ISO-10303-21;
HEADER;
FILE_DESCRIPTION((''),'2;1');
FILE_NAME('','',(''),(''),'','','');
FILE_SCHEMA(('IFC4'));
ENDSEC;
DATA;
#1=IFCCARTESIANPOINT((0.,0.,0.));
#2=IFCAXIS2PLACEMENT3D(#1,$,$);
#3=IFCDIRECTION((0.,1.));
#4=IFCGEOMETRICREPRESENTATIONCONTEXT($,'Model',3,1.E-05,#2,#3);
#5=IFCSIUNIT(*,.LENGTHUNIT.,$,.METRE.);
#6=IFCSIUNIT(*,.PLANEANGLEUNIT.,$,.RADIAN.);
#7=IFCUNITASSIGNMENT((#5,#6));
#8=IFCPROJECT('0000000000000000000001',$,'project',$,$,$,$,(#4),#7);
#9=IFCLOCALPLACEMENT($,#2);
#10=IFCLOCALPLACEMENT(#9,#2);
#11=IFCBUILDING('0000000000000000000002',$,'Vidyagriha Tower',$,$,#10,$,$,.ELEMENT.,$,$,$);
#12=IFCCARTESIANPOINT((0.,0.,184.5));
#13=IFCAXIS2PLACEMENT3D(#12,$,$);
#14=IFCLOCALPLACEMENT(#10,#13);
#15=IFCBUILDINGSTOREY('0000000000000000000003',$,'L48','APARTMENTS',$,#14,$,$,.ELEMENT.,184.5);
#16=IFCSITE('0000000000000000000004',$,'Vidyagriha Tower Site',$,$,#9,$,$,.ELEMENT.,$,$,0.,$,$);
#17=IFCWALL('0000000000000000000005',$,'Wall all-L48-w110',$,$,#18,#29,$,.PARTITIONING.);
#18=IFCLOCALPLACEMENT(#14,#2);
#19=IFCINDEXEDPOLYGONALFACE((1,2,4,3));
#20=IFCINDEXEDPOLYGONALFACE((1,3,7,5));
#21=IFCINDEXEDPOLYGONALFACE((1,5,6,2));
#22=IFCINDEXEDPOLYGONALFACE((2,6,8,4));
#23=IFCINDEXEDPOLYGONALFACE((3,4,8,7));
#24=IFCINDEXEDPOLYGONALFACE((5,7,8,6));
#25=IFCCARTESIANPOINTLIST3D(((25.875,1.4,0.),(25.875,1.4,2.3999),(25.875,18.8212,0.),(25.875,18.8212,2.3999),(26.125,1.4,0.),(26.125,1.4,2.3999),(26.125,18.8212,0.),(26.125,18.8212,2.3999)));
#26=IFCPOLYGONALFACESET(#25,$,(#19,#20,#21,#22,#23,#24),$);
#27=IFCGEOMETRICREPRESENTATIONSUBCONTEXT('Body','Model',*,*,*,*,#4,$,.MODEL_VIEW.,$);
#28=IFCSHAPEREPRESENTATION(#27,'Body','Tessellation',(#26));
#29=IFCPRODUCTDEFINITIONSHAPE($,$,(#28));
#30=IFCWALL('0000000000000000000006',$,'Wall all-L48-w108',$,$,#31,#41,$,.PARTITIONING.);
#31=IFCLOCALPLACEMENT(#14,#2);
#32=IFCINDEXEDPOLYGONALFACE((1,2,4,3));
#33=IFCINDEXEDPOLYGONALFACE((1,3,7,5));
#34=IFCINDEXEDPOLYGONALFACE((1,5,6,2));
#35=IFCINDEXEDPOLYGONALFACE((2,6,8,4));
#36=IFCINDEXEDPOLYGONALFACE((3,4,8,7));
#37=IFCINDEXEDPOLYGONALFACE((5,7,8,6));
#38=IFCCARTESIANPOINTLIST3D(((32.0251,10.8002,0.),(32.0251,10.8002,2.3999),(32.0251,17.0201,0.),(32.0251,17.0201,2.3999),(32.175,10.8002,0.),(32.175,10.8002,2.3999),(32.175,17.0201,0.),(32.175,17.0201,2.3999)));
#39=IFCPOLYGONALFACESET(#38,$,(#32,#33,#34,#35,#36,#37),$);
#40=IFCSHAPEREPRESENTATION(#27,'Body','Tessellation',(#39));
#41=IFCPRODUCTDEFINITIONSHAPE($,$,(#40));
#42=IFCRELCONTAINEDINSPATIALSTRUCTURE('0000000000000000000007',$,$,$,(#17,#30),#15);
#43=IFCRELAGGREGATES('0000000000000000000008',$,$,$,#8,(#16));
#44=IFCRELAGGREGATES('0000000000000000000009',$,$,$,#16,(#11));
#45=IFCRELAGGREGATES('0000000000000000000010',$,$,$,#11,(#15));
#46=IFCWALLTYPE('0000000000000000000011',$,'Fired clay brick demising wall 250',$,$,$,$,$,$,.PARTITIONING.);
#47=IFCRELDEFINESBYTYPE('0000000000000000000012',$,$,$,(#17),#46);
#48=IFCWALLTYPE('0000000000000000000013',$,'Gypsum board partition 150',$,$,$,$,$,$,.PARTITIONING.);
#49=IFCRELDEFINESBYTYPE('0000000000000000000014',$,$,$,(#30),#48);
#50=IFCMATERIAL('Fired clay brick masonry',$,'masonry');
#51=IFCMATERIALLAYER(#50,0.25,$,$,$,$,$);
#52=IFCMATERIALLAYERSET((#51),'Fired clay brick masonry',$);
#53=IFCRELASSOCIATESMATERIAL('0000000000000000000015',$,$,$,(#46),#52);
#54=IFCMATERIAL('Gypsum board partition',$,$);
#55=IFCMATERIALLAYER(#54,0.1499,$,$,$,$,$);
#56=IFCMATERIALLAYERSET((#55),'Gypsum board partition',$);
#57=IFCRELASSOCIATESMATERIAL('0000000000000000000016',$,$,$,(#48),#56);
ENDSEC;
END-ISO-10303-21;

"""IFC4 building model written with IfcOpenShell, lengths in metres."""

from ifc_helpers import new_model, si_unit, direction, frame, frame_2d, origin, place, context, subcontext, project, spatial, rectangle, extrude, material, layer, layer_set, type_object, element, save


model = new_model("IFC4")

# Units and contexts
model_context = context("Model", 3, precision=1e-05, world=origin(), true_north=direction((0.0, 1.0)))
body_context = subcontext(model_context, "Body", "Model", "MODEL_VIEW")
ifc_project = project(units=[si_unit("LENGTHUNIT", "METRE"), si_unit("PLANEANGLEUNIT", "RADIAN")], contexts=[model_context])

# Site, building, storey
site_placement = place(None, origin())
site = spatial("IfcSite", under=ifc_project, at=site_placement, Name="Vidyagriha Tower Site", CompositionType="ELEMENT", RefElevation=0.0)
building_placement = place(site_placement, origin())
building = spatial("IfcBuilding", under=site, at=building_placement, Name="Vidyagriha Tower", CompositionType="ELEMENT")
storey_placement = place(building_placement, frame((0.0, 0.0, 184.5)))
storey = spatial("IfcBuildingStorey", under=building, at=storey_placement, Name="L48", Description="APARTMENTS", CompositionType="ELEMENT", Elevation=184.5)

# Walls
ifc_material_1 = material(Name="Fired clay brick masonry", Category="masonry")
ifc_layer_1 = layer(ifc_material_1, 0.25)
ifc_layer_set_1 = layer_set([ifc_layer_1], Name="Fired clay brick masonry")
wall_type_1 = type_object("IfcWallType", Name="Fired clay brick demising wall 250", PredefinedType="PARTITIONING", material=ifc_layer_set_1)
wall_1_placement = place(storey_placement, frame((26.0, 18.821, 0.0), z_axis=(0.0, 0.0, 1.0), x_axis=(0.0, -1.0, 0.0)))
element("IfcWall", 1, at=wall_1_placement, inside=storey, type_object=wall_type_1, Name="Wall all-L48-w110", PredefinedType="PARTITIONING", context=body_context, shape_type="SweptSolid", body=[
    extrude(rectangle(XDim=17.4211, YDim=0.25, at=frame_2d((8.7104, 0.0))), origin(), (0.0, 0.0, 1.0), 2.3999),
])
ifc_material_2 = material(Name="Gypsum board partition")
ifc_layer_2 = layer(ifc_material_2, 0.1499)
ifc_layer_set_2 = layer_set([ifc_layer_2], Name="Gypsum board partition")
wall_type_2 = type_object("IfcWallType", Name="Gypsum board partition 150", PredefinedType="PARTITIONING", material=ifc_layer_set_2)
wall_2_placement = place(storey_placement, frame((32.1001, 17.02, 0.0), z_axis=(0.0, 0.0, 1.0), x_axis=(0.0, -1.0, 0.0)))
element("IfcWall", 2, at=wall_2_placement, inside=storey, type_object=wall_type_2, Name="Wall all-L48-w108", PredefinedType="PARTITIONING", context=body_context, shape_type="SweptSolid", body=[
    extrude(rectangle(XDim=6.22, YDim=0.1499, at=frame_2d((3.1099, 0.0))), origin(), (0.0, 0.0, 1.0), 2.3999),
])

save(model, "model.ifc")
